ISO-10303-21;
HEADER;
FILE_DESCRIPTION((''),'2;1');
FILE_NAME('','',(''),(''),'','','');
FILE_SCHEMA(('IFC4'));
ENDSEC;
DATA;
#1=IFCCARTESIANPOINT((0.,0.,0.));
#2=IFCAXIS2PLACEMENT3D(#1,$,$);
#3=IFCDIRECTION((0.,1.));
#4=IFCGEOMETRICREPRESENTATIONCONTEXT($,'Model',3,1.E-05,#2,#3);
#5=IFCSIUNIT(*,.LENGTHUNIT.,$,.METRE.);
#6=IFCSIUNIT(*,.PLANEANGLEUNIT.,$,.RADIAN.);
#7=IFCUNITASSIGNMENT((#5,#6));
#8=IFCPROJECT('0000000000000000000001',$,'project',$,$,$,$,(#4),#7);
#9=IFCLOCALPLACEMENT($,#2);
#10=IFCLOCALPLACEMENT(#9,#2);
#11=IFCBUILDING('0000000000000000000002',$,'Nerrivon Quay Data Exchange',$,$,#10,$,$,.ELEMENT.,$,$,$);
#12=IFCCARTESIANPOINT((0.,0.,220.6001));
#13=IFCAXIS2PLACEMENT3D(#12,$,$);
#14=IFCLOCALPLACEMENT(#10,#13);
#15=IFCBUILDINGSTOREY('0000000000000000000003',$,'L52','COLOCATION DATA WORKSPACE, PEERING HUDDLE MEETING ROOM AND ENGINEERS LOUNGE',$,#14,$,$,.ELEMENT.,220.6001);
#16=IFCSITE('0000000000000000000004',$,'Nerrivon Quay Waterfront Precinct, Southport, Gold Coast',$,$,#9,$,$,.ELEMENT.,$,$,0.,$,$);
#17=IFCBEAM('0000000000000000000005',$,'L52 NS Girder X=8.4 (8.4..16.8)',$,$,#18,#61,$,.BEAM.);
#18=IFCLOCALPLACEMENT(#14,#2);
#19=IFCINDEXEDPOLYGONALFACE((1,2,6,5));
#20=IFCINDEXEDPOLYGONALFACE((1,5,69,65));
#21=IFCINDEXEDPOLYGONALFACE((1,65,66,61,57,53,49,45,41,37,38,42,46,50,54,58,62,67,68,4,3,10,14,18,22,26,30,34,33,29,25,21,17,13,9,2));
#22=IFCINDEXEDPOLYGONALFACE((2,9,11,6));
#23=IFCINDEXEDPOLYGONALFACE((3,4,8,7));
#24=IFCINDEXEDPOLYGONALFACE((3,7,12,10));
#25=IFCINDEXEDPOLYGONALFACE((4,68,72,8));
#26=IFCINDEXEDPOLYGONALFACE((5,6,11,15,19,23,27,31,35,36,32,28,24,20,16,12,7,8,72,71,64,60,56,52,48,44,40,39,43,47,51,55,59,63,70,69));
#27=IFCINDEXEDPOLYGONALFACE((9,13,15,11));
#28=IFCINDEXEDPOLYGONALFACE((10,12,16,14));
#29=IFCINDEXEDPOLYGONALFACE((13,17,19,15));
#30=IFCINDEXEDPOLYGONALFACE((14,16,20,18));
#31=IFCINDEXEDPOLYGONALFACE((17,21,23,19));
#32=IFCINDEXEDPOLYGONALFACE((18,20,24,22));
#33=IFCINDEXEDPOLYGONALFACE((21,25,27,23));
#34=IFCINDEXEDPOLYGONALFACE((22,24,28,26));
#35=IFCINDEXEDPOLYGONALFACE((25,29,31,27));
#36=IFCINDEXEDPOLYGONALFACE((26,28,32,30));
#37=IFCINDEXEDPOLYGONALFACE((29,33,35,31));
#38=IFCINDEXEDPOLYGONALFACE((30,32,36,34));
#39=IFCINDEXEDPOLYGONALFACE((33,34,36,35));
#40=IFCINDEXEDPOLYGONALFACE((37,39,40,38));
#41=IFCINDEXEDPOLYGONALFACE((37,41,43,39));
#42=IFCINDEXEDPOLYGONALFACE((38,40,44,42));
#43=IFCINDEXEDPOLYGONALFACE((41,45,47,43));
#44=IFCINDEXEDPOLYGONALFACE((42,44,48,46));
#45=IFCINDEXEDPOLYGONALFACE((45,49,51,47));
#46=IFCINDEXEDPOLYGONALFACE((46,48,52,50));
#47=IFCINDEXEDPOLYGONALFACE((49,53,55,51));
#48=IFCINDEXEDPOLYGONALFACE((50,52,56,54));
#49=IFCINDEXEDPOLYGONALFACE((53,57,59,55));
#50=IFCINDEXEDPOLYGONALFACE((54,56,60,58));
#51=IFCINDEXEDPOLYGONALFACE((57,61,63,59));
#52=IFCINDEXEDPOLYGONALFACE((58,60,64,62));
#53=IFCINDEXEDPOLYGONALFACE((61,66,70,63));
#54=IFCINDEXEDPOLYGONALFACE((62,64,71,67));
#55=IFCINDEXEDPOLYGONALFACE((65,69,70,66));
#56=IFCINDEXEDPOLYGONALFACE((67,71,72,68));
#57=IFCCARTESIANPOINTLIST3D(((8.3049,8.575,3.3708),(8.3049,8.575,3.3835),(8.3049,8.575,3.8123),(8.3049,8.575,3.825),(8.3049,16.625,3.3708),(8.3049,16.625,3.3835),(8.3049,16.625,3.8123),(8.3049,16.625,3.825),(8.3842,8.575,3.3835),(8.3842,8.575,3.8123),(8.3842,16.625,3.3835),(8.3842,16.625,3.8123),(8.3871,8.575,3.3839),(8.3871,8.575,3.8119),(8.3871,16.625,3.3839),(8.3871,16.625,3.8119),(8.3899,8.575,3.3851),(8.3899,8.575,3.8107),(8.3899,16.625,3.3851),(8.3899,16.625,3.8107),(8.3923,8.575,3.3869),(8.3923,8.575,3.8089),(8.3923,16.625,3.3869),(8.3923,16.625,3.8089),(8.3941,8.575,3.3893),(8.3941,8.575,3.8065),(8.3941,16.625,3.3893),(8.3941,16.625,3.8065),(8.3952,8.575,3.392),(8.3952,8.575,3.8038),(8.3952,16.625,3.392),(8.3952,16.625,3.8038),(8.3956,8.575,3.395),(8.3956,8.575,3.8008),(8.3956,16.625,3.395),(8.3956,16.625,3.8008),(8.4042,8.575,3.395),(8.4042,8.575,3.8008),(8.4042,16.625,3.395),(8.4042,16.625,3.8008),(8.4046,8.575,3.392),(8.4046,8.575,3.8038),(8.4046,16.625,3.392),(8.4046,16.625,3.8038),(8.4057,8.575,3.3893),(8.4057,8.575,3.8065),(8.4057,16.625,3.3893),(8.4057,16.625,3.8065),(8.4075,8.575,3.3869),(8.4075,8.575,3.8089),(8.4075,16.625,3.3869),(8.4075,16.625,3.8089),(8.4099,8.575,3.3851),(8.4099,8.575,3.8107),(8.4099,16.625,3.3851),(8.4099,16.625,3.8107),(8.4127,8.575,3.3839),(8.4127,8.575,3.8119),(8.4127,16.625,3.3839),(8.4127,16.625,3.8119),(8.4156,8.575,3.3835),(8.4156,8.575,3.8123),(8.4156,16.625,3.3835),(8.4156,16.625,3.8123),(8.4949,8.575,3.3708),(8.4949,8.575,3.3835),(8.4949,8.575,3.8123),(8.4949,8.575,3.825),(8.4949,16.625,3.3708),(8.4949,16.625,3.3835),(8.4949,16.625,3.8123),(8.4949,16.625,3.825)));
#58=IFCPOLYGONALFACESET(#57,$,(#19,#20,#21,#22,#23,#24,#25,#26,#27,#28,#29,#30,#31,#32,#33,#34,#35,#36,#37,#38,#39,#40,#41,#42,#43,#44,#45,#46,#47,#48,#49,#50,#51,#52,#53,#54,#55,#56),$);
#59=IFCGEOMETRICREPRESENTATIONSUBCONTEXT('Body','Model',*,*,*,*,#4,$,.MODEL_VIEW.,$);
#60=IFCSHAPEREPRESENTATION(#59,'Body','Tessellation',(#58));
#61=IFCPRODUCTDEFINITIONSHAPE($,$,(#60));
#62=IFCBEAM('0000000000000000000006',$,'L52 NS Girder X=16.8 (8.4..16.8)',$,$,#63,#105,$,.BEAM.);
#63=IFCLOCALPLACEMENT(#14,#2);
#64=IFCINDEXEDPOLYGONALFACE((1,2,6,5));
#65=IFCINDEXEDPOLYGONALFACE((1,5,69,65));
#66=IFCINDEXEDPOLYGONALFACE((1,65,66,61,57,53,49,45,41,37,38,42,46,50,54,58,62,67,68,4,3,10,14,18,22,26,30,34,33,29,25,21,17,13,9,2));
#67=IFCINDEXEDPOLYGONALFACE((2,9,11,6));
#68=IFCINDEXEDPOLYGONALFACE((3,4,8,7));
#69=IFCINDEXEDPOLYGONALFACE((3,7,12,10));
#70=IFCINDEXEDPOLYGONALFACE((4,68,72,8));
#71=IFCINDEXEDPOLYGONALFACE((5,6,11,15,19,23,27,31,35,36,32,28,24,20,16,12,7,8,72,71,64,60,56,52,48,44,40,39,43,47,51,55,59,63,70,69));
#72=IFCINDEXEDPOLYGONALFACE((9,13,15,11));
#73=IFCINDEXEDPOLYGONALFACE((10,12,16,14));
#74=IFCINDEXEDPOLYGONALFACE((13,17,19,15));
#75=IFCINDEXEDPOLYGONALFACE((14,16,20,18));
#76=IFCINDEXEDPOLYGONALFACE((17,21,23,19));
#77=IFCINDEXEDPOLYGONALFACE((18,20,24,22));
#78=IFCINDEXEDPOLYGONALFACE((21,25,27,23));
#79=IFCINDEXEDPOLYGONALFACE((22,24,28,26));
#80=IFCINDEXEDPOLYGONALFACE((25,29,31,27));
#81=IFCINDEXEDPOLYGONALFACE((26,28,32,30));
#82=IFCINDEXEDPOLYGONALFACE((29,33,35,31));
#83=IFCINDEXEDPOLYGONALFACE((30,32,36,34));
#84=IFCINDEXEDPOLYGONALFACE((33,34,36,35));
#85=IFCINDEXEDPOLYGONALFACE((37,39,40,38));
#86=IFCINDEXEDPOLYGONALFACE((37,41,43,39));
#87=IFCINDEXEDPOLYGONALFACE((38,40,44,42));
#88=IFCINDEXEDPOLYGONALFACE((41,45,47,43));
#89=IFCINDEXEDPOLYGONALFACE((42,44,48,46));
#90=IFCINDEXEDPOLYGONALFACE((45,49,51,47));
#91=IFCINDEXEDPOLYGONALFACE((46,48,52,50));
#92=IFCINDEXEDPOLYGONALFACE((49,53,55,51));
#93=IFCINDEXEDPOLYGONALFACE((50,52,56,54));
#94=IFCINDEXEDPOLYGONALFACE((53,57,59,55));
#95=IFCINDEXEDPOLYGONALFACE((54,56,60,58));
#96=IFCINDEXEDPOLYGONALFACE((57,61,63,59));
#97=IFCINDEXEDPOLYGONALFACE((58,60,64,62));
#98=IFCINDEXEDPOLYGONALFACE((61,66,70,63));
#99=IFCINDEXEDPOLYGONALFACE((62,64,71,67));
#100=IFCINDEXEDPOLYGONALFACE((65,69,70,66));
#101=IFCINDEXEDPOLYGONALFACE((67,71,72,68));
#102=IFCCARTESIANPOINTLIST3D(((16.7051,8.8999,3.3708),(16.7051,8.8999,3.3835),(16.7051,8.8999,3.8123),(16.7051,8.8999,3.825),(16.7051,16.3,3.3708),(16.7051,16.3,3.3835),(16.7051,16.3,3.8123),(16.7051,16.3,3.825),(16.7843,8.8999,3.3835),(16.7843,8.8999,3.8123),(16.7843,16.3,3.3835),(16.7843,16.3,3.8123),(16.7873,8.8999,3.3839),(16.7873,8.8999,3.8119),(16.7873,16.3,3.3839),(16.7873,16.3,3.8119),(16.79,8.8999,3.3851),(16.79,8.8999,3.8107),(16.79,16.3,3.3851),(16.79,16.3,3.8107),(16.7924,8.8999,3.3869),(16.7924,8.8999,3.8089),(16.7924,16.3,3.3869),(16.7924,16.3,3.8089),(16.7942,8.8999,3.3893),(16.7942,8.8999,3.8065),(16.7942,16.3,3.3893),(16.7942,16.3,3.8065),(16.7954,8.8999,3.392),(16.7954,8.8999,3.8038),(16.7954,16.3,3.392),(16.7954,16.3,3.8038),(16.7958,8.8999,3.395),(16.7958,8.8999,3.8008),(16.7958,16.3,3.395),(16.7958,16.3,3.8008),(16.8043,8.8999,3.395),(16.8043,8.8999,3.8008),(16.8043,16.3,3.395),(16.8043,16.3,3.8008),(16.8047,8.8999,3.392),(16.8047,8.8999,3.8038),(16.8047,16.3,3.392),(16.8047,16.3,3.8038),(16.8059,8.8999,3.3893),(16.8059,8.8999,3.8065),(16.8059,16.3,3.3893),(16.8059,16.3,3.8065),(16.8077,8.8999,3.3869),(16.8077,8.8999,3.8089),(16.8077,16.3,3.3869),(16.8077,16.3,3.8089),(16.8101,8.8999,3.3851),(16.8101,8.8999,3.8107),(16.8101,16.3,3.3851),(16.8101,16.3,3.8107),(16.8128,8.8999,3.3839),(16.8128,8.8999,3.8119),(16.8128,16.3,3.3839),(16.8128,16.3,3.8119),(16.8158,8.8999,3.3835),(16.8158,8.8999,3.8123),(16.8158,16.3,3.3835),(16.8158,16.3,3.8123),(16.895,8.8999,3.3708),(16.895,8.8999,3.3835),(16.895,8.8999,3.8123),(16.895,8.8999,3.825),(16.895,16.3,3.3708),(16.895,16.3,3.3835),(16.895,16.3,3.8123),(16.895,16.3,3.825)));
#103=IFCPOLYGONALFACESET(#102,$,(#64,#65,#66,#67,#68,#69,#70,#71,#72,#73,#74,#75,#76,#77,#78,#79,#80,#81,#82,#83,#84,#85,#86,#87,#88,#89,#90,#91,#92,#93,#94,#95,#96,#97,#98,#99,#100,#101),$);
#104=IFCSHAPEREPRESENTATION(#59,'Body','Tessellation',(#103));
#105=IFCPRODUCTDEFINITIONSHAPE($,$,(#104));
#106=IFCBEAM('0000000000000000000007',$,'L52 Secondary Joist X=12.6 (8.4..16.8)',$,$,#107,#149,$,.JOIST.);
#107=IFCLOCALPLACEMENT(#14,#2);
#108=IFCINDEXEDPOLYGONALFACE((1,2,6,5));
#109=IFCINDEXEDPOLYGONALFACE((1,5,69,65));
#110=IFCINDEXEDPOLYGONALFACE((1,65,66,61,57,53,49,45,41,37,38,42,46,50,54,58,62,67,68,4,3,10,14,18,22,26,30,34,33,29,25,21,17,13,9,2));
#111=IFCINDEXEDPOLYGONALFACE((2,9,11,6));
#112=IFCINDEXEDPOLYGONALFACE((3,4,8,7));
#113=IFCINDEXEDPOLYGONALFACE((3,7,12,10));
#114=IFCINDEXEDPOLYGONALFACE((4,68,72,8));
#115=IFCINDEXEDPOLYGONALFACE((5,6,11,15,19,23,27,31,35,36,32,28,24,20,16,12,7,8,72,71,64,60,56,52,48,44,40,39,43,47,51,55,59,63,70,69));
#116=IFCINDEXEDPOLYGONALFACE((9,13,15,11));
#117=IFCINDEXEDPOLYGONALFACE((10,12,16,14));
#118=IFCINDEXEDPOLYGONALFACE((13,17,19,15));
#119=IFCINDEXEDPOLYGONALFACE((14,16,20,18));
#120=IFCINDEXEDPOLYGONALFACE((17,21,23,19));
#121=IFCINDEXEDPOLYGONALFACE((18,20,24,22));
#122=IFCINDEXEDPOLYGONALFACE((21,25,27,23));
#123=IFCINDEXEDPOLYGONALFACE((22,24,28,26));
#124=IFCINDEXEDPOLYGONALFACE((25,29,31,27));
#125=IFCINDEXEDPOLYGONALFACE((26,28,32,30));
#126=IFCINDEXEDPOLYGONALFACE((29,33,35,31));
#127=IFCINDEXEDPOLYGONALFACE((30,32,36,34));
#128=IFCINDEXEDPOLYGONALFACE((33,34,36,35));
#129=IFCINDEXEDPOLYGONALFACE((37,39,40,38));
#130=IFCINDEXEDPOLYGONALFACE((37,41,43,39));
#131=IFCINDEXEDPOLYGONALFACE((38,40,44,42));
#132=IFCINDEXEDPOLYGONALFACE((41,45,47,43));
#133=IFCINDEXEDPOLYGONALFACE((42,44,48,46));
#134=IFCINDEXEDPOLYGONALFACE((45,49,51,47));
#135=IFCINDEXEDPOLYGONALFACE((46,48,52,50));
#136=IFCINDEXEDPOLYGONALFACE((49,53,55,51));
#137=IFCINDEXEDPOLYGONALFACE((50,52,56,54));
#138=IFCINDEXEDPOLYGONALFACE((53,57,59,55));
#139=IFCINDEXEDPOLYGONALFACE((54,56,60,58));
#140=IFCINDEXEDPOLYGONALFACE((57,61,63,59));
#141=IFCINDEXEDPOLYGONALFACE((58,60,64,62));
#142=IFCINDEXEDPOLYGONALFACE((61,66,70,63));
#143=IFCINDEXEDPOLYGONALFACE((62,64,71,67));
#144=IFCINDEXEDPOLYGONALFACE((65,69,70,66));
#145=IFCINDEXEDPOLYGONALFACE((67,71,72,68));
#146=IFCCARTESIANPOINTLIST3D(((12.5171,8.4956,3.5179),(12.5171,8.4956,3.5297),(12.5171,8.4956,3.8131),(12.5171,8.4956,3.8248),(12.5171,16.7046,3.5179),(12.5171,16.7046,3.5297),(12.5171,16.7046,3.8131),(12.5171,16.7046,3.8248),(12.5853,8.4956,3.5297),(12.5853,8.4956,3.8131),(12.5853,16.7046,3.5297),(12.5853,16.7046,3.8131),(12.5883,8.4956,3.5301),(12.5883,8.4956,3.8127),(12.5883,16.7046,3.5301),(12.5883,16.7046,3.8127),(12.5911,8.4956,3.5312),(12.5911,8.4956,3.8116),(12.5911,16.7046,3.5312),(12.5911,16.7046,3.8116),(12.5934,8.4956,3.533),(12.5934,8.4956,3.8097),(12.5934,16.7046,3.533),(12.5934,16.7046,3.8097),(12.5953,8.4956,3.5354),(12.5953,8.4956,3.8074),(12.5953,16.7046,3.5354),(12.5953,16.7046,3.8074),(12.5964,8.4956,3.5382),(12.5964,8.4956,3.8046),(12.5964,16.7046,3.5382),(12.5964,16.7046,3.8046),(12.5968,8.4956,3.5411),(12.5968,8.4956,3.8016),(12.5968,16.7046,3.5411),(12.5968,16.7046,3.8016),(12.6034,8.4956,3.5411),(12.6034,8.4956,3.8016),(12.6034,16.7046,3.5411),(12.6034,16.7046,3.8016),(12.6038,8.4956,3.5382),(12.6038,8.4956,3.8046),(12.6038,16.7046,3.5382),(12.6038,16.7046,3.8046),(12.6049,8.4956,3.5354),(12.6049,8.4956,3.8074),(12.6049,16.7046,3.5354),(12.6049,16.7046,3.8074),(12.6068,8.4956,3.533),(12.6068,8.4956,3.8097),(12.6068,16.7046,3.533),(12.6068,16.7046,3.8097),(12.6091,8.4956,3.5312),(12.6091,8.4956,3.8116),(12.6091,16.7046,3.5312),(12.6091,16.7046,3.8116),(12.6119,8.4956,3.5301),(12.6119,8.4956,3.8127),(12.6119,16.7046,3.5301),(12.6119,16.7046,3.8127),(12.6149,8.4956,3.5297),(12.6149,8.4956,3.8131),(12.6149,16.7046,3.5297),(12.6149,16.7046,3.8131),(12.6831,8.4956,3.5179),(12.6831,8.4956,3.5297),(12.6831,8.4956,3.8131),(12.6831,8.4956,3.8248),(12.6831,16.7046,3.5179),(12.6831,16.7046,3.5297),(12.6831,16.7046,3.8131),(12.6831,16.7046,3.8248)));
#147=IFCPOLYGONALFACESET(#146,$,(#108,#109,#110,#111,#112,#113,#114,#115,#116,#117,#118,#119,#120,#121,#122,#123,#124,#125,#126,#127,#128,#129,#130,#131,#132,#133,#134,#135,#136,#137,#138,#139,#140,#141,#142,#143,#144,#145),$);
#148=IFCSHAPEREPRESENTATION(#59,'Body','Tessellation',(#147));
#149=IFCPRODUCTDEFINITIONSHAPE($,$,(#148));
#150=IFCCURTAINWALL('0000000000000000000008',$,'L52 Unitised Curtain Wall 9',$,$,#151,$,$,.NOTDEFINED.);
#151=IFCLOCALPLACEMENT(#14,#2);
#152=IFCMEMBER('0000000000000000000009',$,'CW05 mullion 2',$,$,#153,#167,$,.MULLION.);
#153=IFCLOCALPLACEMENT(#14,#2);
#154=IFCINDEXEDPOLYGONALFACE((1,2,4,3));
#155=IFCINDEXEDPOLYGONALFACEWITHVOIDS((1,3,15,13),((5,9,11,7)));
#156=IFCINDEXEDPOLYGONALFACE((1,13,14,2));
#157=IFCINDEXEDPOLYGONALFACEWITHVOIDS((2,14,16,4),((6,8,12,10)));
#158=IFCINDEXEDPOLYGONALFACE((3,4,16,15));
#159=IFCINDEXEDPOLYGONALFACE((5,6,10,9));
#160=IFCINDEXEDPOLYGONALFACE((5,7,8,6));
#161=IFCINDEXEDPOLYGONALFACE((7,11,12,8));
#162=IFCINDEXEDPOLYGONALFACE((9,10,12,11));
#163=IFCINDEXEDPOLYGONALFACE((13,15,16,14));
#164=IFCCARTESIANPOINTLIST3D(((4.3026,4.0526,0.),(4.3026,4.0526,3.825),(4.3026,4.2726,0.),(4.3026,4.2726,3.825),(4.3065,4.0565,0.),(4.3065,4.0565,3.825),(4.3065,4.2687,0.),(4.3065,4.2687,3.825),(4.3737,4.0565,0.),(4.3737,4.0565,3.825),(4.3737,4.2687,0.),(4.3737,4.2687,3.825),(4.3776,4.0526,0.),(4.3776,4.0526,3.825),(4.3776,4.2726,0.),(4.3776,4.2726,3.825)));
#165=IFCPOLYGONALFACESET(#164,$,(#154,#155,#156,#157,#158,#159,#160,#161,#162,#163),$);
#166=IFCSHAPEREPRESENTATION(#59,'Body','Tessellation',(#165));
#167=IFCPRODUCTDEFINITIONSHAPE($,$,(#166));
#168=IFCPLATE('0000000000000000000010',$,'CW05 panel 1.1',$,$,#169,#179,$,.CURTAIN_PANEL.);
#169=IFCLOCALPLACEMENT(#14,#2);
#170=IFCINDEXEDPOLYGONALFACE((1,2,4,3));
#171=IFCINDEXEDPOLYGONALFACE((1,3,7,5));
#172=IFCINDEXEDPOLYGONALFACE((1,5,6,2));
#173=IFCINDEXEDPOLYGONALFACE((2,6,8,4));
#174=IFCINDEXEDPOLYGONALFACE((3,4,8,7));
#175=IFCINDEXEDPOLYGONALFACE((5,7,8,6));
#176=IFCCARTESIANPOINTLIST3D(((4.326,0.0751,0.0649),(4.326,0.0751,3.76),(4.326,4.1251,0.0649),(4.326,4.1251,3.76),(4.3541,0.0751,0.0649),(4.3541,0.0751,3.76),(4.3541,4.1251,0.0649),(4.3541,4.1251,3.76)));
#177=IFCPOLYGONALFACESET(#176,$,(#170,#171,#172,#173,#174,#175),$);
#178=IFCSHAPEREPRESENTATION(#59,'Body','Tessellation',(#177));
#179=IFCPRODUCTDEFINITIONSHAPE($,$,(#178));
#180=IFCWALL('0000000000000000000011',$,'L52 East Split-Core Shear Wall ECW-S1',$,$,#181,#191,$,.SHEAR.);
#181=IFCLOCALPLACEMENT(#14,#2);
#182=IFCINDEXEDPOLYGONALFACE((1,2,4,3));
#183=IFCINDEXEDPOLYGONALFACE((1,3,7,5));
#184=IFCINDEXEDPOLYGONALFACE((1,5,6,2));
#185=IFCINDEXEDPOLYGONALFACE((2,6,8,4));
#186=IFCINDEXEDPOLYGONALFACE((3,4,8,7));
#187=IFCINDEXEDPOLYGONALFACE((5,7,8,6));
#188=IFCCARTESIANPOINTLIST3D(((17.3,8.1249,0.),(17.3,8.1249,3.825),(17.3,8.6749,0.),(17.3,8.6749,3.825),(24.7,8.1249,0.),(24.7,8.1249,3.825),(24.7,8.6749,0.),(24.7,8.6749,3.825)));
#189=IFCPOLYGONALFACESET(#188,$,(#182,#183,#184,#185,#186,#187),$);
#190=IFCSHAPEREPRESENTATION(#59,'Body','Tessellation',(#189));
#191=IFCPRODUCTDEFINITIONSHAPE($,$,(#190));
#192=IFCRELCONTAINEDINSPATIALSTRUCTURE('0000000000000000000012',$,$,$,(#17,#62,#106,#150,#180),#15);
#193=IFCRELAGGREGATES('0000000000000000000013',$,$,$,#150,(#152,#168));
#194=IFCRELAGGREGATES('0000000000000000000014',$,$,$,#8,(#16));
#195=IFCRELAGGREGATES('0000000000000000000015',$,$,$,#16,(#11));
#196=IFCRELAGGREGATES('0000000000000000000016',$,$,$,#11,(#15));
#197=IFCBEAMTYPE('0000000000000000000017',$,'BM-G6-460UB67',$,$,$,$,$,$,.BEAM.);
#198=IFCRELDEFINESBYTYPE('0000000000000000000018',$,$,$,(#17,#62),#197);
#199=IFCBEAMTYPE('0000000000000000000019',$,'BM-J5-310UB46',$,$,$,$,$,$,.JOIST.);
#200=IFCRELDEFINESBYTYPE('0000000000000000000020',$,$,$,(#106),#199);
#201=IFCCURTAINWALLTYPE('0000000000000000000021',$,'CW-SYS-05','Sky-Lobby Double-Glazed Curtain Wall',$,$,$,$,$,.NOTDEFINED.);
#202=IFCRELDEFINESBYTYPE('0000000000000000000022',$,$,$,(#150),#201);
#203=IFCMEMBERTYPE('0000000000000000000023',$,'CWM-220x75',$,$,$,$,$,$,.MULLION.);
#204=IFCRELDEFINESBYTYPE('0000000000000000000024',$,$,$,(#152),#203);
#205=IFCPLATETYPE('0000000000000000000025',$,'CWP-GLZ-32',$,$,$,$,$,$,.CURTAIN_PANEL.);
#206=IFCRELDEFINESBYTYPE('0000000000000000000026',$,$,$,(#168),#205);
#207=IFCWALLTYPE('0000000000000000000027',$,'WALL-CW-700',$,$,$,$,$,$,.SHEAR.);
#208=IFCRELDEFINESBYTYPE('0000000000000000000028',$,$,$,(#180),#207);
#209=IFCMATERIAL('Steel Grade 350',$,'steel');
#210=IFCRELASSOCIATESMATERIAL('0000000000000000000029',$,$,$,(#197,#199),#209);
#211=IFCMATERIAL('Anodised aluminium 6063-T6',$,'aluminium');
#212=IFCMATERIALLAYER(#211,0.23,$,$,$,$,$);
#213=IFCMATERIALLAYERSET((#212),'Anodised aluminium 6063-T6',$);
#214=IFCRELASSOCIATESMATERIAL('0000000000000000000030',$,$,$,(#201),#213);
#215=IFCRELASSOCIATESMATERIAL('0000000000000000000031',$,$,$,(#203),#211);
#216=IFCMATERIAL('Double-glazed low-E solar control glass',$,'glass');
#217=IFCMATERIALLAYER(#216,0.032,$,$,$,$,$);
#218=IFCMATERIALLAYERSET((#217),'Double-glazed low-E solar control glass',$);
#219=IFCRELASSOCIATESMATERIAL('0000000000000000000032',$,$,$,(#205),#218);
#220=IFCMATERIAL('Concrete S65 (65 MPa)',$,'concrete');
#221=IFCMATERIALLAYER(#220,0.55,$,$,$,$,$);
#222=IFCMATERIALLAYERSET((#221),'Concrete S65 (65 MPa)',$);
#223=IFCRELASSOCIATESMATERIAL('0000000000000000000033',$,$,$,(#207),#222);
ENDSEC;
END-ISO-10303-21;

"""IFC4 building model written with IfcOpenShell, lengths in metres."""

from ifc_helpers import new_model, si_unit, direction, frame, frame_2d, origin, origin_2d, place, context, subcontext, project, spatial, rectangle, hollow_rectangle, i_section, extrude, material, layer, layer_set, material_profile, profile_set, type_object, element, aggregate, save


model = new_model("IFC4")

# Units and contexts
model_context = context("Model", 3, precision=1e-05, world=origin(), true_north=direction((0.0, 1.0)))
body_context = subcontext(model_context, "Body", "Model", "MODEL_VIEW")
ifc_project = project(units=[si_unit("LENGTHUNIT", "METRE"), si_unit("PLANEANGLEUNIT", "RADIAN")], contexts=[model_context])

# Site, building, storey
site_placement = place(None, origin())
site = spatial("IfcSite", under=ifc_project, at=site_placement, Name="Nerrivon Quay Waterfront Precinct, Southport, Gold Coast", CompositionType="ELEMENT", RefElevation=0.0)
building_placement = place(site_placement, origin())
building = spatial("IfcBuilding", under=site, at=building_placement, Name="Nerrivon Quay Data Exchange", CompositionType="ELEMENT")
storey_placement = place(building_placement, frame((0.0, 0.0, 220.6001)))
storey = spatial("IfcBuildingStorey", under=building, at=storey_placement, Name="L52", Description="COLOCATION DATA WORKSPACE, PEERING HUDDLE MEETING ROOM AND ENGINEERS LOUNGE", CompositionType="ELEMENT", Elevation=220.6001)

# Shared definitions
ifc_material_1 = material(Name="Concrete S65 (65 MPa)", Category="concrete")
ifc_material_2 = material(Name="Steel Grade 350", Category="steel")

# Beams
ifc_material_profile_1 = material_profile(ifc_material_2, i_section(OverallWidth=0.1899, OverallDepth=0.4541, WebThickness=0.0085, FlangeThickness=0.0127, FilletRadius=0.0115, at=origin_2d()), Name="460UB67.1")
ifc_profile_set_1 = profile_set([ifc_material_profile_1], Name="Steel Grade 350")
beam_type_1 = type_object("IfcBeamType", Name="BM-G6-460UB67", PredefinedType="BEAM", material=ifc_profile_set_1)
beam_1_placement = place(storey_placement, frame((8.3999, 8.575, 3.5979), z_axis=(0.0, 1.0, 0.0), x_axis=(-1.0, 0.0, 0.0)))
element("IfcBeam", 1, at=beam_1_placement, inside=storey, type_object=beam_type_1, Name="L52 NS Girder X=8.4 (8.4..16.8)", PredefinedType="BEAM", context=body_context, shape_type="SweptSolid", body=[
    extrude(i_section(OverallWidth=0.1899, OverallDepth=0.4541, WebThickness=0.0085, FlangeThickness=0.0127, FilletRadius=0.0115, at=origin_2d()), origin(), (0.0, 0.0, 1.0), 8.05),
])
beam_2_placement = place(storey_placement, frame((16.8, 8.8999, 3.5979), z_axis=(0.0, 1.0, 0.0), x_axis=(-1.0, 0.0, 0.0)))
element("IfcBeam", 2, at=beam_2_placement, inside=storey, type_object=beam_type_1, Name="L52 NS Girder X=16.8 (8.4..16.8)", PredefinedType="BEAM", context=body_context, shape_type="SweptSolid", body=[
    extrude(i_section(OverallWidth=0.1899, OverallDepth=0.4541, WebThickness=0.0085, FlangeThickness=0.0127, FilletRadius=0.0115, at=origin_2d()), origin(), (0.0, 0.0, 1.0), 7.4001),
])
ifc_material_profile_2 = material_profile(ifc_material_2, i_section(OverallWidth=0.166, OverallDepth=0.3069, WebThickness=0.0066, FlangeThickness=0.0117, FilletRadius=0.0115, at=origin_2d()), Name="310UB46.2")
ifc_profile_set_2 = profile_set([ifc_material_profile_2], Name="Steel Grade 350")
beam_type_2 = type_object("IfcBeamType", Name="BM-J5-310UB46", PredefinedType="JOIST", material=ifc_profile_set_2)
beam_3_placement = place(storey_placement, frame((12.6001, 8.4956, 3.6714), z_axis=(0.0, 1.0, 0.0), x_axis=(-1.0, 0.0, 0.0)))
element("IfcBeam", 3, at=beam_3_placement, inside=storey, type_object=beam_type_2, Name="L52 Secondary Joist X=12.6 (8.4..16.8)", PredefinedType="JOIST", context=body_context, shape_type="SweptSolid", body=[
    extrude(i_section(OverallWidth=0.166, OverallDepth=0.3069, WebThickness=0.0066, FlangeThickness=0.0117, FilletRadius=0.0115, at=origin_2d()), origin(), (0.0, 0.0, 1.0), 8.209),
])

# Curtain wall, member, plate
ifc_material_3 = material(Name="Anodised aluminium 6063-T6", Category="aluminium")
ifc_layer_1 = layer(ifc_material_3, 0.23)
ifc_layer_set_1 = layer_set([ifc_layer_1], Name="Anodised aluminium 6063-T6")
curtain_wall_type = type_object("IfcCurtainWallType", Name="CW-SYS-05", Description="Sky-Lobby Double-Glazed Curtain Wall", PredefinedType="NOTDEFINED", material=ifc_layer_set_1)
curtain_wall_placement = place(storey_placement, origin())
curtain_wall = element("IfcCurtainWall", 4, at=curtain_wall_placement, inside=storey, type_object=curtain_wall_type, Name="L52 Unitised Curtain Wall 9", PredefinedType="NOTDEFINED")
ifc_material_profile_3 = material_profile(ifc_material_3, hollow_rectangle(XDim=0.075, YDim=0.22, WallThickness=0.0039, at=origin_2d()), Name="ALU-MULL-220x75")
ifc_profile_set_3 = profile_set([ifc_material_profile_3], Name="Anodised aluminium 6063-T6")
member_type = type_object("IfcMemberType", Name="CWM-220x75", PredefinedType="MULLION", material=ifc_profile_set_3)
member_placement = place(storey_placement, frame((4.3401, 4.1626, 0.0), z_axis=(0.0, 0.0, 1.0), x_axis=(-1.0, 0.0, 0.0)))
member = element("IfcMember", 5, at=member_placement, type_object=member_type, Name="CW05 mullion 2", PredefinedType="MULLION", context=body_context, shape_type="SweptSolid", body=[
    extrude(hollow_rectangle(XDim=0.075, YDim=0.22, WallThickness=0.0039, at=origin_2d()), origin(), (0.0, 0.0, 1.0), 3.825),
])
ifc_material_4 = material(Name="Double-glazed low-E solar control glass", Category="glass")
ifc_layer_2 = layer(ifc_material_4, 0.032)
ifc_layer_set_2 = layer_set([ifc_layer_2], Name="Double-glazed low-E solar control glass")
plate_type = type_object("IfcPlateType", Name="CWP-GLZ-32", PredefinedType="CURTAIN_PANEL", material=ifc_layer_set_2)
plate_placement = place(storey_placement, frame((4.3401, 2.1001, 0.0649), z_axis=(0.0, 0.0, 1.0), x_axis=(0.0, 1.0, 0.0)))
plate = element("IfcPlate", 6, at=plate_placement, type_object=plate_type, Name="CW05 panel 1.1", PredefinedType="CURTAIN_PANEL", context=body_context, shape_type="SweptSolid", body=[
    extrude(rectangle(XDim=4.05, YDim=0.0281, at=origin_2d()), origin(), (0.0, 0.0, 1.0), 3.6951),
])
aggregate(curtain_wall, [member, plate])

# Wall
ifc_layer_3 = layer(ifc_material_1, 0.55)
ifc_layer_set_3 = layer_set([ifc_layer_3], Name="Concrete S65 (65 MPa)")
wall_type_1 = type_object("IfcWallType", Name="WALL-CW-700", PredefinedType="SHEAR", material=ifc_layer_set_3)
wall_1_placement = place(storey_placement, frame((17.3, 8.3999, 0.0), z_axis=(0.0, 0.0, 1.0), x_axis=(1.0, 0.0, 0.0)))
element("IfcWall", 7, at=wall_1_placement, inside=storey, type_object=wall_type_1, Name="L52 East Split-Core Shear Wall ECW-S1", PredefinedType="SHEAR", context=body_context, shape_type="SweptSolid", body=[
    extrude(rectangle(XDim=7.3999, YDim=0.55, at=frame_2d((3.7, 0.0))), origin(), (0.0, 0.0, 1.0), 3.825),
])

save(model, "model.ifc")
